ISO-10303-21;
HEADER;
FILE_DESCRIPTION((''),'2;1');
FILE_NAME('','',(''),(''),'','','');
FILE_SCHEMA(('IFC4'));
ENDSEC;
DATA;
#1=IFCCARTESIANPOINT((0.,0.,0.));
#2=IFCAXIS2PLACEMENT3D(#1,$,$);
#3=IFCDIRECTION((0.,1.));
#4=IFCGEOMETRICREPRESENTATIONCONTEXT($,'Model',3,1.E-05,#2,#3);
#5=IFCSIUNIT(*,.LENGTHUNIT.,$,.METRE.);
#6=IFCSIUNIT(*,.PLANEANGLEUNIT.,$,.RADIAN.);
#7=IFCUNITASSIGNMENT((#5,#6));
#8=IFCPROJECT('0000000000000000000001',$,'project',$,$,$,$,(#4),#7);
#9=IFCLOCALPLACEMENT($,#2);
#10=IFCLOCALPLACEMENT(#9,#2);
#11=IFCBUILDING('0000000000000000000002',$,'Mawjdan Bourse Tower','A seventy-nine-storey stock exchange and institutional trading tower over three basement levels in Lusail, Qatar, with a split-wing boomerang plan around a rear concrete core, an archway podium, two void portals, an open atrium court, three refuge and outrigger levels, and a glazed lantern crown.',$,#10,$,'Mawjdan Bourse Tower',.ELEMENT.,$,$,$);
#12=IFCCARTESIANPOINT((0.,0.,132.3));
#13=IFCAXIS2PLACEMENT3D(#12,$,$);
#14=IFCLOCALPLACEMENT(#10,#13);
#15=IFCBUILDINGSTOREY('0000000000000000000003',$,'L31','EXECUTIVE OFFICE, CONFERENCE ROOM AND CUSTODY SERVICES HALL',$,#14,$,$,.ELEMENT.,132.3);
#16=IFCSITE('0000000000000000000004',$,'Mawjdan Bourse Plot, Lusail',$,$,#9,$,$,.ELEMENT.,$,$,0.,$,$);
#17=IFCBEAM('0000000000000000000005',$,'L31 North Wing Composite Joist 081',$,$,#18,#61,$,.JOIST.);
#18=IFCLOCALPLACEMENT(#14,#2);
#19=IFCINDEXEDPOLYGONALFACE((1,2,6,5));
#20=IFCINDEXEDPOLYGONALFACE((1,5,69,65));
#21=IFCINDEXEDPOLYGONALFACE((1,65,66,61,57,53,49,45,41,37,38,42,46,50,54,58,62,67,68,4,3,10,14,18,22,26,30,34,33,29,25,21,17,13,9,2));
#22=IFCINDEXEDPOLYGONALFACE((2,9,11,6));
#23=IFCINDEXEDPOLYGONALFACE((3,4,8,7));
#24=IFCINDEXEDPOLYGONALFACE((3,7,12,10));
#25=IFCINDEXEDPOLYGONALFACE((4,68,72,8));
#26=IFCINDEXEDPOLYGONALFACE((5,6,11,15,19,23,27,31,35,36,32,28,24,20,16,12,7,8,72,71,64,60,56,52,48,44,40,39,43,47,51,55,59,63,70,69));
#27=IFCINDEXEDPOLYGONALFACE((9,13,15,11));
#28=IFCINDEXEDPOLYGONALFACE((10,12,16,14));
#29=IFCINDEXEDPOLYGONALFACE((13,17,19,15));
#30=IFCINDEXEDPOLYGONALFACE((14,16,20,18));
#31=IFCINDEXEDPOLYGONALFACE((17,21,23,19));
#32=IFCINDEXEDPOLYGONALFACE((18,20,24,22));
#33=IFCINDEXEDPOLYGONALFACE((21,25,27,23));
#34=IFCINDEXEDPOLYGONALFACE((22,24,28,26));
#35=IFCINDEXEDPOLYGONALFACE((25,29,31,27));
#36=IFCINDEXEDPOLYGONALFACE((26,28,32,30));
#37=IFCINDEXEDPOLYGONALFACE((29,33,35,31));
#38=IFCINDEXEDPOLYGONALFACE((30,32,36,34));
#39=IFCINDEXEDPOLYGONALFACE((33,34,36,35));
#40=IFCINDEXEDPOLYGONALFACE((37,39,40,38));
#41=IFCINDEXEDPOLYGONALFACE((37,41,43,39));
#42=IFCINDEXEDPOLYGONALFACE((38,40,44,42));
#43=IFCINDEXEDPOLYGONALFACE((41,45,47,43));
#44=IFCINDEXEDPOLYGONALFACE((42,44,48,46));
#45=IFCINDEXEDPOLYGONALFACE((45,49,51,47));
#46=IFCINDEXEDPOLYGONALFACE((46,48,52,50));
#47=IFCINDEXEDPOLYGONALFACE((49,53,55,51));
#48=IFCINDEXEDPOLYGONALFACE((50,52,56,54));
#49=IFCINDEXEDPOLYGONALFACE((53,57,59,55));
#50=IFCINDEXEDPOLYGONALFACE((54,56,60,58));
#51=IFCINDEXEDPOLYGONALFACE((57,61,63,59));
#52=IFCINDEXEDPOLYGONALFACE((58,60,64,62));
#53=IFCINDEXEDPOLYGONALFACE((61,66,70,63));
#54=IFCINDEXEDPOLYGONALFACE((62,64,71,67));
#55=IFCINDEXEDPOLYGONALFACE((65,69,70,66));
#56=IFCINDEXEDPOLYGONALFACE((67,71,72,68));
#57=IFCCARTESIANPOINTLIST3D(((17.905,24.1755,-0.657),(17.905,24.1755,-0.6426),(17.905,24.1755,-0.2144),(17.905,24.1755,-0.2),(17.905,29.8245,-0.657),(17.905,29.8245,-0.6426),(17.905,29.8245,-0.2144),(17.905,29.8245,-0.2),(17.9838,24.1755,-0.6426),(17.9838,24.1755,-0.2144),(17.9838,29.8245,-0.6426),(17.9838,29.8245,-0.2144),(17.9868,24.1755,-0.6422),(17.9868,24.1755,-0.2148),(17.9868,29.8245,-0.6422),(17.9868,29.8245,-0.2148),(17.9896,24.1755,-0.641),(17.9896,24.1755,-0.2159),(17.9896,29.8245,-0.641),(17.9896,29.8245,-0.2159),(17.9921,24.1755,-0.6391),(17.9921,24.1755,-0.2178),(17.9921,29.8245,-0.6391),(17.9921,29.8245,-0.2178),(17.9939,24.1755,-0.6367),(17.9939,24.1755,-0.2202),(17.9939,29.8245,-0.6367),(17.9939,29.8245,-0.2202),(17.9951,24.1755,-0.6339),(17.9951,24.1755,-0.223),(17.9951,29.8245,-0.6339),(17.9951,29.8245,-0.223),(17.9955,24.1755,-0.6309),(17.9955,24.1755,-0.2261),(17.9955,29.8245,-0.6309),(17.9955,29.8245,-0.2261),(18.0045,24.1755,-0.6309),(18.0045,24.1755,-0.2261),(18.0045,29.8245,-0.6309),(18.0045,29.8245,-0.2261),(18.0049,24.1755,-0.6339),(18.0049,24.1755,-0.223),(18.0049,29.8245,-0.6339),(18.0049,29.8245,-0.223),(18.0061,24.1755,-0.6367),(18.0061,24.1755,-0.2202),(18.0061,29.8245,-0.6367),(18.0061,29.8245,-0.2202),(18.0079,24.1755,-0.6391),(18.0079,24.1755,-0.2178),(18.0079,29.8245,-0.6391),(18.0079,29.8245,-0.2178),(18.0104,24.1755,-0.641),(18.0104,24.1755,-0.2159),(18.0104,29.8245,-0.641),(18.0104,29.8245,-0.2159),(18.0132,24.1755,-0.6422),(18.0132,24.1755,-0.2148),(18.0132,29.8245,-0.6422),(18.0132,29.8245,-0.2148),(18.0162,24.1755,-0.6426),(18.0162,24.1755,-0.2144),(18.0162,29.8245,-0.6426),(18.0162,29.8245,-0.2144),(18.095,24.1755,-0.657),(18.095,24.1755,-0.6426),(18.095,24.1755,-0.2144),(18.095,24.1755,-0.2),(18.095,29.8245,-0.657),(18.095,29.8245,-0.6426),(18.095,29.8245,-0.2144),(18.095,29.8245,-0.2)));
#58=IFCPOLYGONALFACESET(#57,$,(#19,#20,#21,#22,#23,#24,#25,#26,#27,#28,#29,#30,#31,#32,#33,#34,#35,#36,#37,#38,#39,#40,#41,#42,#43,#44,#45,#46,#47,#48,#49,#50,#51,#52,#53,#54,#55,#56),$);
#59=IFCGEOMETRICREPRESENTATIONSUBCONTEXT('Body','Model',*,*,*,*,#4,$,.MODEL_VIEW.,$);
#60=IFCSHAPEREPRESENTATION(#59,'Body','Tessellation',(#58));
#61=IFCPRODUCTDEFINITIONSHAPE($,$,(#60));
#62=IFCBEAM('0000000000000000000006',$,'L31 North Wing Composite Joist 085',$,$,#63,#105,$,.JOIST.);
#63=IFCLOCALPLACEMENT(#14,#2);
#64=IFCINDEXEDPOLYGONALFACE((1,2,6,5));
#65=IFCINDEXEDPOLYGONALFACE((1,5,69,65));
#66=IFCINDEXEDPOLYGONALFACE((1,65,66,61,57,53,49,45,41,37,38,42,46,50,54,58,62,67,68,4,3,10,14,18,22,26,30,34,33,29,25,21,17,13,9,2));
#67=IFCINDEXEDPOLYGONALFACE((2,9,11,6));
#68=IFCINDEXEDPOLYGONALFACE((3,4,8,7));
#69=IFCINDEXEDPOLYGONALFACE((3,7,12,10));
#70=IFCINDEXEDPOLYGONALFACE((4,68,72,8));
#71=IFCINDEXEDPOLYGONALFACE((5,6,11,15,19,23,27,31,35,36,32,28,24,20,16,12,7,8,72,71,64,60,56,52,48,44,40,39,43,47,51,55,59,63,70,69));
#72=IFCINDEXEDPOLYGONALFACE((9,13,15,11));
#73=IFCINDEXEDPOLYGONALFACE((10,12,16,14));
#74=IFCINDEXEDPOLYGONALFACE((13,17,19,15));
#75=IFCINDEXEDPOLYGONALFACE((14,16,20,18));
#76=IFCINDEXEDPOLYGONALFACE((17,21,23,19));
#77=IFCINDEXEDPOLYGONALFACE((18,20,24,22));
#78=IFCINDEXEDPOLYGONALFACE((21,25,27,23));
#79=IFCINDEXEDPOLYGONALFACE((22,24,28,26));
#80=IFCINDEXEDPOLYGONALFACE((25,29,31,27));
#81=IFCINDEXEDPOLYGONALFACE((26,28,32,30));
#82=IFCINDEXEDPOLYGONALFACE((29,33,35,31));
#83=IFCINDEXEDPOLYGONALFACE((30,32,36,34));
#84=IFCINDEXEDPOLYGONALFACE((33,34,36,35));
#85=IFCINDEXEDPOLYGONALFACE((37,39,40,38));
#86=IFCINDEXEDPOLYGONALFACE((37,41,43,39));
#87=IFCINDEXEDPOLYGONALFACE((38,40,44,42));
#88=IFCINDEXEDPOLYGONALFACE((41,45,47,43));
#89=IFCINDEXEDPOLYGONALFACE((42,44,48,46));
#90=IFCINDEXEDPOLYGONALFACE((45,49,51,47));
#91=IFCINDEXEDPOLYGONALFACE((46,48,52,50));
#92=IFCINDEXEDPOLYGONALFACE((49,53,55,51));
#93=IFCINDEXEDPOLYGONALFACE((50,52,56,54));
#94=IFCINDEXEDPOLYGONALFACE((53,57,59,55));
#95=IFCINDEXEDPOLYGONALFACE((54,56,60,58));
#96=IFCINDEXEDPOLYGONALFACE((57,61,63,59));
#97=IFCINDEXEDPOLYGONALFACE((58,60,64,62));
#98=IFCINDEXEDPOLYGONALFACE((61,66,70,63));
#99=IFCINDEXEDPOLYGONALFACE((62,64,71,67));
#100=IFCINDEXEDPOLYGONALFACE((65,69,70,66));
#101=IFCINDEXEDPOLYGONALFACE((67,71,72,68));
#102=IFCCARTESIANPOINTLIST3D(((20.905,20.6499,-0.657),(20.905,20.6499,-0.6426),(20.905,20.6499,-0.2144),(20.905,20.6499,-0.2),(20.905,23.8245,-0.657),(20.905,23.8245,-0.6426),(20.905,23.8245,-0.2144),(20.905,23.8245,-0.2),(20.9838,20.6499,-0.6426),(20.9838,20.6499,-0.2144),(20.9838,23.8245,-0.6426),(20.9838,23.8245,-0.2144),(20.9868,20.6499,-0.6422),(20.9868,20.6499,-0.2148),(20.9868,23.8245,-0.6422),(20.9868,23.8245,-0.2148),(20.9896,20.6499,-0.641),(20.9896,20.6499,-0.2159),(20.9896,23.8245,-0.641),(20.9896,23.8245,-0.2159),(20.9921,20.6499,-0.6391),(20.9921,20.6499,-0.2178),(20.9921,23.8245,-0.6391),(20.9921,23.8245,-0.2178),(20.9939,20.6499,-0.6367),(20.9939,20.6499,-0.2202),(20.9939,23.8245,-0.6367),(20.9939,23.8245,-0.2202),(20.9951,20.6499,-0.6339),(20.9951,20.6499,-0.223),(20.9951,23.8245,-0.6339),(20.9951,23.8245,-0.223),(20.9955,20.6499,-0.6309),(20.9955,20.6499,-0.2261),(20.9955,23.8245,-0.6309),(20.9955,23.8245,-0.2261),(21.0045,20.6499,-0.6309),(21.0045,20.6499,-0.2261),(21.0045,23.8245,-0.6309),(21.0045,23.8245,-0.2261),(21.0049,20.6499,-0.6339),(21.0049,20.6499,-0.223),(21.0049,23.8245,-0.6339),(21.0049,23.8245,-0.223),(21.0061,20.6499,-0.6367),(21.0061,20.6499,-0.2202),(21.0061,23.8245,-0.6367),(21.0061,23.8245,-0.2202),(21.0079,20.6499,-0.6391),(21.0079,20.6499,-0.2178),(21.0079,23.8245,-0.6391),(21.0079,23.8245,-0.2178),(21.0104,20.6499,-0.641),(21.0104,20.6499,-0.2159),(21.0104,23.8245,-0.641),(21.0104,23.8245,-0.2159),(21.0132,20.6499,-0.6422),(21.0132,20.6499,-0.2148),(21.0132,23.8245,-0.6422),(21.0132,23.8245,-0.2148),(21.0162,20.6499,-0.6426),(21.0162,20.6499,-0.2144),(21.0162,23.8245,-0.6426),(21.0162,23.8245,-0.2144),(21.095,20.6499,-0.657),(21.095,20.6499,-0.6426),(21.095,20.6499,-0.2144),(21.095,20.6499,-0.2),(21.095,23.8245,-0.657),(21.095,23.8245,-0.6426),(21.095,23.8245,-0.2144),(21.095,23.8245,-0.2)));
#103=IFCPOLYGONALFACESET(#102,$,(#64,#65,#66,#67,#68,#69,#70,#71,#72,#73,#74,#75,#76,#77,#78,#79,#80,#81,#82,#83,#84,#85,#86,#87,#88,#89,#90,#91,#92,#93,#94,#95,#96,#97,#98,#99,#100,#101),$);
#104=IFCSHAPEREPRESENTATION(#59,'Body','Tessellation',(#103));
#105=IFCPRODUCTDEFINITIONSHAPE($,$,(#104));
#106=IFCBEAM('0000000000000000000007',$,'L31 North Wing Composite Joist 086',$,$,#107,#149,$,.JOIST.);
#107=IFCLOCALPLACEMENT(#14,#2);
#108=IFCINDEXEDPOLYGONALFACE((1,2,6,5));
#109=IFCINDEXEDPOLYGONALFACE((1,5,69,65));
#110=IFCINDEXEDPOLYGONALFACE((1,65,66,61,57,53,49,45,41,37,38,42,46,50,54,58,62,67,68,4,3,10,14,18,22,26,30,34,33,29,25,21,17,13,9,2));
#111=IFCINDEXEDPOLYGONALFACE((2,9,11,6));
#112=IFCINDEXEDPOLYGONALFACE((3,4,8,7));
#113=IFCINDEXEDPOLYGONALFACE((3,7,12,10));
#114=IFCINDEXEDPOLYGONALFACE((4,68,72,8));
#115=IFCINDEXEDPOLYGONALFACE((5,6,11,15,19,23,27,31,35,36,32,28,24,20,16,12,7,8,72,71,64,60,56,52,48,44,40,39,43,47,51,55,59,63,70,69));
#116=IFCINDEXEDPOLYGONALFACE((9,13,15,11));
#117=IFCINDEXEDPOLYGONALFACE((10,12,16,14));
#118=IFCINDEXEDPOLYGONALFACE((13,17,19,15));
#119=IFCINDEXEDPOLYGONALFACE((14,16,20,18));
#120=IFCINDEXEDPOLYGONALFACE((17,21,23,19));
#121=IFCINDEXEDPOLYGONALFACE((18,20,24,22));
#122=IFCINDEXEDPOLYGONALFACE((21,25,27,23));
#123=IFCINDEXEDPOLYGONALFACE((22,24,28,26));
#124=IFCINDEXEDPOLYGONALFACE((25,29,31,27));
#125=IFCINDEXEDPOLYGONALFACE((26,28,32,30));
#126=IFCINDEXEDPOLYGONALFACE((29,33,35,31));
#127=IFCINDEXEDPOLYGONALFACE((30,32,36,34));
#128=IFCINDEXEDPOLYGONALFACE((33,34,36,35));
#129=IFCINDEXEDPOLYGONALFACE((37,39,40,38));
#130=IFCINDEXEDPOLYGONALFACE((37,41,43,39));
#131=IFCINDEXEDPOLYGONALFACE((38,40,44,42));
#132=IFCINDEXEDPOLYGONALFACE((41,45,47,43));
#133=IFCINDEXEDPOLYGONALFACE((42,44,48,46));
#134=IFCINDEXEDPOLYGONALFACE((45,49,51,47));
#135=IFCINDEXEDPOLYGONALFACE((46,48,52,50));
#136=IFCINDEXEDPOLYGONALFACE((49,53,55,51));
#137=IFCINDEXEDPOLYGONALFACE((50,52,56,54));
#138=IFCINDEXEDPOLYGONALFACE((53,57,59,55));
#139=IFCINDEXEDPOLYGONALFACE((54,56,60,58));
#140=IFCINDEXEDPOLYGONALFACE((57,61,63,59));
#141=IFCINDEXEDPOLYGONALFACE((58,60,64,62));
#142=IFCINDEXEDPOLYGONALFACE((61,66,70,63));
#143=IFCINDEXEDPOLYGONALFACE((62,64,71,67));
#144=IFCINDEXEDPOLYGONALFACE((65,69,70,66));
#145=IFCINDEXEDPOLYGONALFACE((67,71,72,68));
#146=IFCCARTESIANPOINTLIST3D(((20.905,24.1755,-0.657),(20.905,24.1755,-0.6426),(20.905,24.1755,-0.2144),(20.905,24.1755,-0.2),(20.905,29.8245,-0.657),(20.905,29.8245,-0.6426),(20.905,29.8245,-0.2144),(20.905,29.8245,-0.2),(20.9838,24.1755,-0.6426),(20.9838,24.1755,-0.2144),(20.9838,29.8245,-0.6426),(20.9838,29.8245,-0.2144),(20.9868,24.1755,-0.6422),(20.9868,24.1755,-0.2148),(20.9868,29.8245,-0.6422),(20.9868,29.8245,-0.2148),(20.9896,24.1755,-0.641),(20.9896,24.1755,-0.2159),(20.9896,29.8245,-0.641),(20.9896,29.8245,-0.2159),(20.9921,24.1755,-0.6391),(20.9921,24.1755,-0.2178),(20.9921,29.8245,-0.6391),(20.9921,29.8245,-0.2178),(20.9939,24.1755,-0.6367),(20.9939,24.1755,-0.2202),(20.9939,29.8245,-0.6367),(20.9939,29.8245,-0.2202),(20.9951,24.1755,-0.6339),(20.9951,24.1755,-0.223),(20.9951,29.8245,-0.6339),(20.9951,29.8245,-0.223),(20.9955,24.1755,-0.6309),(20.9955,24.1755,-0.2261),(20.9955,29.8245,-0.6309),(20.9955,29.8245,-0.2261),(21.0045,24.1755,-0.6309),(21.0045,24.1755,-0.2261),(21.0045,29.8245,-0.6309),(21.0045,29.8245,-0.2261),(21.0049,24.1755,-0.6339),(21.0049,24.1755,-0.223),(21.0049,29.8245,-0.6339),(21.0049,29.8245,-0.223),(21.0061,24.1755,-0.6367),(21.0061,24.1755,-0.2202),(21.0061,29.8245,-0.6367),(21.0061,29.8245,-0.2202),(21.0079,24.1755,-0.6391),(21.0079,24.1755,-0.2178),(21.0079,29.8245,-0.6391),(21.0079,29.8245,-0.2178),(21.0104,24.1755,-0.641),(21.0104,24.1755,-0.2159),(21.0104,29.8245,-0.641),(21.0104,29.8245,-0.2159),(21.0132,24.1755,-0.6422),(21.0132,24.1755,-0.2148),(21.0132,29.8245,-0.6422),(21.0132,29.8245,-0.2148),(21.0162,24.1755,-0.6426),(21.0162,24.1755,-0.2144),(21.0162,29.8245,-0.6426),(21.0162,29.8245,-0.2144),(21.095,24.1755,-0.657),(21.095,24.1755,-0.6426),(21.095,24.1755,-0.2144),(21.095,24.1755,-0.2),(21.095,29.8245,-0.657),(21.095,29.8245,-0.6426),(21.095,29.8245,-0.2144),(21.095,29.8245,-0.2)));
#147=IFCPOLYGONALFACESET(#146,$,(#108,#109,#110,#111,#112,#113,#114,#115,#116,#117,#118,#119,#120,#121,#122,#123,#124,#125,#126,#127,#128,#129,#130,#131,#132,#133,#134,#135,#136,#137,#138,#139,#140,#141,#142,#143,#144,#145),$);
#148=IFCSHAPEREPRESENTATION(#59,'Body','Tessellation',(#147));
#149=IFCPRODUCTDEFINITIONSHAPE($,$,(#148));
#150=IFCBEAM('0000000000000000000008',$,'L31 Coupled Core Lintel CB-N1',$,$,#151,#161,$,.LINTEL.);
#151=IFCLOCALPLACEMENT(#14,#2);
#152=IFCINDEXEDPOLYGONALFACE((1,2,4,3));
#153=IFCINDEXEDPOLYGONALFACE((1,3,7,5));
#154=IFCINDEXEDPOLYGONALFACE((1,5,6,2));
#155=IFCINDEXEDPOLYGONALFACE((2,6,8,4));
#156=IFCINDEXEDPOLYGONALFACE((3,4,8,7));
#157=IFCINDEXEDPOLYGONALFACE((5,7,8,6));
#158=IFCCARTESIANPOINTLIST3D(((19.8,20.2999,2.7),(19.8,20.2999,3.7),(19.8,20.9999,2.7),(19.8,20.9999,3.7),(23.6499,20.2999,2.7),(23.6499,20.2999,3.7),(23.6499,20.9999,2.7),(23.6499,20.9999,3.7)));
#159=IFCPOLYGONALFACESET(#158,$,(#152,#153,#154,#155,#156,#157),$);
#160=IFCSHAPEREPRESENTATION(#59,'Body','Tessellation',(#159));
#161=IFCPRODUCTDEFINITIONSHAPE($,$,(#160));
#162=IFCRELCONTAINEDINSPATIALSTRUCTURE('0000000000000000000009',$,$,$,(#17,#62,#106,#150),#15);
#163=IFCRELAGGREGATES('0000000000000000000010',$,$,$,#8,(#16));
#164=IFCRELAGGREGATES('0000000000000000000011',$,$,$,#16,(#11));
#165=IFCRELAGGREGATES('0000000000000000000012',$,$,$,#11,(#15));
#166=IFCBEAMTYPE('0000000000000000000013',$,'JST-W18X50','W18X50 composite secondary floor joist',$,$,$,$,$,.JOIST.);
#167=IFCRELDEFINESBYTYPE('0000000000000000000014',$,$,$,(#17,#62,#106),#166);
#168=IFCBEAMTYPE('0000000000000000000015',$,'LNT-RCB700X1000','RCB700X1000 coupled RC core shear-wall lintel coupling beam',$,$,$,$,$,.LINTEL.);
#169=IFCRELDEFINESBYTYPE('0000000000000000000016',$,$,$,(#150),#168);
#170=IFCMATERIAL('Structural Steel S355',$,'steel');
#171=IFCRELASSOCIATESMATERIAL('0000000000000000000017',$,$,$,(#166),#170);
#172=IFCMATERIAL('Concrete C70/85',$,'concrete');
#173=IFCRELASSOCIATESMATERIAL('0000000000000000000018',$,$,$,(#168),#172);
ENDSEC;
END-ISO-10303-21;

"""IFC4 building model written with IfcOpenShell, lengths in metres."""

from ifc_helpers import new_model, si_unit, direction, frame, origin, origin_2d, place, context, subcontext, project, spatial, rectangle, i_section, extrude, material, material_profile, profile_set, type_object, element, save


model = new_model("IFC4")

# Units and contexts
model_context = context("Model", 3, precision=1e-05, world=origin(), true_north=direction((0.0, 1.0)))
body_context = subcontext(model_context, "Body", "Model", "MODEL_VIEW")
ifc_project = project(units=[si_unit("LENGTHUNIT", "METRE"), si_unit("PLANEANGLEUNIT", "RADIAN")], contexts=[model_context])

# Site, building, storey
site_placement = place(None, origin())
site = spatial("IfcSite", under=ifc_project, at=site_placement, Name="Mawjdan Bourse Plot, Lusail", CompositionType="ELEMENT", RefElevation=0.0)
building_placement = place(site_placement, origin())
building = spatial("IfcBuilding", under=site, at=building_placement, Name="Mawjdan Bourse Tower", Description="A seventy-nine-storey stock exchange and institutional trading tower over three basement levels in Lusail, Qatar, with a split-wing boomerang plan around a rear concrete core, an archway podium, two void portals, an open atrium court, three refuge and outrigger levels, and a glazed lantern crown.", LongName="Mawjdan Bourse Tower", CompositionType="ELEMENT")
storey_placement = place(building_placement, frame((0.0, 0.0, 132.3)))
storey = spatial("IfcBuildingStorey", under=building, at=storey_placement, Name="L31", Description="EXECUTIVE OFFICE, CONFERENCE ROOM AND CUSTODY SERVICES HALL", CompositionType="ELEMENT", Elevation=132.3)

# Shared definitions
ifc_material_1 = material(Name="Concrete C70/85", Category="concrete")

# Beams
ifc_material_2 = material(Name="Structural Steel S355", Category="steel")
ifc_material_profile_1 = material_profile(ifc_material_2, i_section(OverallWidth=0.1899, OverallDepth=0.457, WebThickness=0.009, FlangeThickness=0.0144, FilletRadius=0.0117, at=origin_2d()), Name="W18X50")
ifc_profile_set_1 = profile_set([ifc_material_profile_1], Name="Structural Steel S355")
beam_type_1 = type_object("IfcBeamType", Name="JST-W18X50", Description="W18X50 composite secondary floor joist", PredefinedType="JOIST", material=ifc_profile_set_1)
beam_1_placement = place(storey_placement, frame((18.0, 24.1755, -0.4285), z_axis=(0.0, 1.0, 0.0), x_axis=(-1.0, 0.0, 0.0)))
element("IfcBeam", 1, at=beam_1_placement, inside=storey, type_object=beam_type_1, Name="L31 North Wing Composite Joist 081", PredefinedType="JOIST", context=body_context, shape_type="SweptSolid", body=[
    extrude(i_section(OverallWidth=0.1899, OverallDepth=0.457, WebThickness=0.009, FlangeThickness=0.0144, FilletRadius=0.0117, at=origin_2d()), origin(), (0.0, 0.0, 1.0), 5.6489),
])
beam_2_placement = place(storey_placement, frame((21.0, 20.6499, -0.4285), z_axis=(0.0, 1.0, 0.0), x_axis=(-1.0, 0.0, 0.0)))
element("IfcBeam", 2, at=beam_2_placement, inside=storey, type_object=beam_type_1, Name="L31 North Wing Composite Joist 085", PredefinedType="JOIST", context=body_context, shape_type="SweptSolid", body=[
    extrude(i_section(OverallWidth=0.1899, OverallDepth=0.457, WebThickness=0.009, FlangeThickness=0.0144, FilletRadius=0.0117, at=origin_2d()), origin(), (0.0, 0.0, 1.0), 3.1746),
])
beam_3_placement = place(storey_placement, frame((21.0, 24.1755, -0.4285), z_axis=(0.0, 1.0, 0.0), x_axis=(-1.0, 0.0, 0.0)))
element("IfcBeam", 3, at=beam_3_placement, inside=storey, type_object=beam_type_1, Name="L31 North Wing Composite Joist 086", PredefinedType="JOIST", context=body_context, shape_type="SweptSolid", body=[
    extrude(i_section(OverallWidth=0.1899, OverallDepth=0.457, WebThickness=0.009, FlangeThickness=0.0144, FilletRadius=0.0117, at=origin_2d()), origin(), (0.0, 0.0, 1.0), 5.6489),
])
ifc_material_profile_2 = material_profile(ifc_material_1, rectangle(XDim=0.7, YDim=1.0, at=origin_2d()), Name="RCB700X1000")
ifc_profile_set_2 = profile_set([ifc_material_profile_2], Name="Concrete C70/85")
beam_type_2 = type_object("IfcBeamType", Name="LNT-RCB700X1000", Description="RCB700X1000 coupled RC core shear-wall lintel coupling beam", PredefinedType="LINTEL", material=ifc_profile_set_2)
beam_4_placement = place(storey_placement, frame((19.8, 20.6499, 3.2), z_axis=(1.0, 0.0, 0.0), x_axis=(0.0, 1.0, 0.0)))
element("IfcBeam", 4, at=beam_4_placement, inside=storey, type_object=beam_type_2, Name="L31 Coupled Core Lintel CB-N1", PredefinedType="LINTEL", context=body_context, shape_type="SweptSolid", body=[
    extrude(rectangle(XDim=0.7, YDim=1.0, at=origin_2d()), origin(), (0.0, 0.0, 1.0), 3.8499),
])

save(model, "model.ifc")
